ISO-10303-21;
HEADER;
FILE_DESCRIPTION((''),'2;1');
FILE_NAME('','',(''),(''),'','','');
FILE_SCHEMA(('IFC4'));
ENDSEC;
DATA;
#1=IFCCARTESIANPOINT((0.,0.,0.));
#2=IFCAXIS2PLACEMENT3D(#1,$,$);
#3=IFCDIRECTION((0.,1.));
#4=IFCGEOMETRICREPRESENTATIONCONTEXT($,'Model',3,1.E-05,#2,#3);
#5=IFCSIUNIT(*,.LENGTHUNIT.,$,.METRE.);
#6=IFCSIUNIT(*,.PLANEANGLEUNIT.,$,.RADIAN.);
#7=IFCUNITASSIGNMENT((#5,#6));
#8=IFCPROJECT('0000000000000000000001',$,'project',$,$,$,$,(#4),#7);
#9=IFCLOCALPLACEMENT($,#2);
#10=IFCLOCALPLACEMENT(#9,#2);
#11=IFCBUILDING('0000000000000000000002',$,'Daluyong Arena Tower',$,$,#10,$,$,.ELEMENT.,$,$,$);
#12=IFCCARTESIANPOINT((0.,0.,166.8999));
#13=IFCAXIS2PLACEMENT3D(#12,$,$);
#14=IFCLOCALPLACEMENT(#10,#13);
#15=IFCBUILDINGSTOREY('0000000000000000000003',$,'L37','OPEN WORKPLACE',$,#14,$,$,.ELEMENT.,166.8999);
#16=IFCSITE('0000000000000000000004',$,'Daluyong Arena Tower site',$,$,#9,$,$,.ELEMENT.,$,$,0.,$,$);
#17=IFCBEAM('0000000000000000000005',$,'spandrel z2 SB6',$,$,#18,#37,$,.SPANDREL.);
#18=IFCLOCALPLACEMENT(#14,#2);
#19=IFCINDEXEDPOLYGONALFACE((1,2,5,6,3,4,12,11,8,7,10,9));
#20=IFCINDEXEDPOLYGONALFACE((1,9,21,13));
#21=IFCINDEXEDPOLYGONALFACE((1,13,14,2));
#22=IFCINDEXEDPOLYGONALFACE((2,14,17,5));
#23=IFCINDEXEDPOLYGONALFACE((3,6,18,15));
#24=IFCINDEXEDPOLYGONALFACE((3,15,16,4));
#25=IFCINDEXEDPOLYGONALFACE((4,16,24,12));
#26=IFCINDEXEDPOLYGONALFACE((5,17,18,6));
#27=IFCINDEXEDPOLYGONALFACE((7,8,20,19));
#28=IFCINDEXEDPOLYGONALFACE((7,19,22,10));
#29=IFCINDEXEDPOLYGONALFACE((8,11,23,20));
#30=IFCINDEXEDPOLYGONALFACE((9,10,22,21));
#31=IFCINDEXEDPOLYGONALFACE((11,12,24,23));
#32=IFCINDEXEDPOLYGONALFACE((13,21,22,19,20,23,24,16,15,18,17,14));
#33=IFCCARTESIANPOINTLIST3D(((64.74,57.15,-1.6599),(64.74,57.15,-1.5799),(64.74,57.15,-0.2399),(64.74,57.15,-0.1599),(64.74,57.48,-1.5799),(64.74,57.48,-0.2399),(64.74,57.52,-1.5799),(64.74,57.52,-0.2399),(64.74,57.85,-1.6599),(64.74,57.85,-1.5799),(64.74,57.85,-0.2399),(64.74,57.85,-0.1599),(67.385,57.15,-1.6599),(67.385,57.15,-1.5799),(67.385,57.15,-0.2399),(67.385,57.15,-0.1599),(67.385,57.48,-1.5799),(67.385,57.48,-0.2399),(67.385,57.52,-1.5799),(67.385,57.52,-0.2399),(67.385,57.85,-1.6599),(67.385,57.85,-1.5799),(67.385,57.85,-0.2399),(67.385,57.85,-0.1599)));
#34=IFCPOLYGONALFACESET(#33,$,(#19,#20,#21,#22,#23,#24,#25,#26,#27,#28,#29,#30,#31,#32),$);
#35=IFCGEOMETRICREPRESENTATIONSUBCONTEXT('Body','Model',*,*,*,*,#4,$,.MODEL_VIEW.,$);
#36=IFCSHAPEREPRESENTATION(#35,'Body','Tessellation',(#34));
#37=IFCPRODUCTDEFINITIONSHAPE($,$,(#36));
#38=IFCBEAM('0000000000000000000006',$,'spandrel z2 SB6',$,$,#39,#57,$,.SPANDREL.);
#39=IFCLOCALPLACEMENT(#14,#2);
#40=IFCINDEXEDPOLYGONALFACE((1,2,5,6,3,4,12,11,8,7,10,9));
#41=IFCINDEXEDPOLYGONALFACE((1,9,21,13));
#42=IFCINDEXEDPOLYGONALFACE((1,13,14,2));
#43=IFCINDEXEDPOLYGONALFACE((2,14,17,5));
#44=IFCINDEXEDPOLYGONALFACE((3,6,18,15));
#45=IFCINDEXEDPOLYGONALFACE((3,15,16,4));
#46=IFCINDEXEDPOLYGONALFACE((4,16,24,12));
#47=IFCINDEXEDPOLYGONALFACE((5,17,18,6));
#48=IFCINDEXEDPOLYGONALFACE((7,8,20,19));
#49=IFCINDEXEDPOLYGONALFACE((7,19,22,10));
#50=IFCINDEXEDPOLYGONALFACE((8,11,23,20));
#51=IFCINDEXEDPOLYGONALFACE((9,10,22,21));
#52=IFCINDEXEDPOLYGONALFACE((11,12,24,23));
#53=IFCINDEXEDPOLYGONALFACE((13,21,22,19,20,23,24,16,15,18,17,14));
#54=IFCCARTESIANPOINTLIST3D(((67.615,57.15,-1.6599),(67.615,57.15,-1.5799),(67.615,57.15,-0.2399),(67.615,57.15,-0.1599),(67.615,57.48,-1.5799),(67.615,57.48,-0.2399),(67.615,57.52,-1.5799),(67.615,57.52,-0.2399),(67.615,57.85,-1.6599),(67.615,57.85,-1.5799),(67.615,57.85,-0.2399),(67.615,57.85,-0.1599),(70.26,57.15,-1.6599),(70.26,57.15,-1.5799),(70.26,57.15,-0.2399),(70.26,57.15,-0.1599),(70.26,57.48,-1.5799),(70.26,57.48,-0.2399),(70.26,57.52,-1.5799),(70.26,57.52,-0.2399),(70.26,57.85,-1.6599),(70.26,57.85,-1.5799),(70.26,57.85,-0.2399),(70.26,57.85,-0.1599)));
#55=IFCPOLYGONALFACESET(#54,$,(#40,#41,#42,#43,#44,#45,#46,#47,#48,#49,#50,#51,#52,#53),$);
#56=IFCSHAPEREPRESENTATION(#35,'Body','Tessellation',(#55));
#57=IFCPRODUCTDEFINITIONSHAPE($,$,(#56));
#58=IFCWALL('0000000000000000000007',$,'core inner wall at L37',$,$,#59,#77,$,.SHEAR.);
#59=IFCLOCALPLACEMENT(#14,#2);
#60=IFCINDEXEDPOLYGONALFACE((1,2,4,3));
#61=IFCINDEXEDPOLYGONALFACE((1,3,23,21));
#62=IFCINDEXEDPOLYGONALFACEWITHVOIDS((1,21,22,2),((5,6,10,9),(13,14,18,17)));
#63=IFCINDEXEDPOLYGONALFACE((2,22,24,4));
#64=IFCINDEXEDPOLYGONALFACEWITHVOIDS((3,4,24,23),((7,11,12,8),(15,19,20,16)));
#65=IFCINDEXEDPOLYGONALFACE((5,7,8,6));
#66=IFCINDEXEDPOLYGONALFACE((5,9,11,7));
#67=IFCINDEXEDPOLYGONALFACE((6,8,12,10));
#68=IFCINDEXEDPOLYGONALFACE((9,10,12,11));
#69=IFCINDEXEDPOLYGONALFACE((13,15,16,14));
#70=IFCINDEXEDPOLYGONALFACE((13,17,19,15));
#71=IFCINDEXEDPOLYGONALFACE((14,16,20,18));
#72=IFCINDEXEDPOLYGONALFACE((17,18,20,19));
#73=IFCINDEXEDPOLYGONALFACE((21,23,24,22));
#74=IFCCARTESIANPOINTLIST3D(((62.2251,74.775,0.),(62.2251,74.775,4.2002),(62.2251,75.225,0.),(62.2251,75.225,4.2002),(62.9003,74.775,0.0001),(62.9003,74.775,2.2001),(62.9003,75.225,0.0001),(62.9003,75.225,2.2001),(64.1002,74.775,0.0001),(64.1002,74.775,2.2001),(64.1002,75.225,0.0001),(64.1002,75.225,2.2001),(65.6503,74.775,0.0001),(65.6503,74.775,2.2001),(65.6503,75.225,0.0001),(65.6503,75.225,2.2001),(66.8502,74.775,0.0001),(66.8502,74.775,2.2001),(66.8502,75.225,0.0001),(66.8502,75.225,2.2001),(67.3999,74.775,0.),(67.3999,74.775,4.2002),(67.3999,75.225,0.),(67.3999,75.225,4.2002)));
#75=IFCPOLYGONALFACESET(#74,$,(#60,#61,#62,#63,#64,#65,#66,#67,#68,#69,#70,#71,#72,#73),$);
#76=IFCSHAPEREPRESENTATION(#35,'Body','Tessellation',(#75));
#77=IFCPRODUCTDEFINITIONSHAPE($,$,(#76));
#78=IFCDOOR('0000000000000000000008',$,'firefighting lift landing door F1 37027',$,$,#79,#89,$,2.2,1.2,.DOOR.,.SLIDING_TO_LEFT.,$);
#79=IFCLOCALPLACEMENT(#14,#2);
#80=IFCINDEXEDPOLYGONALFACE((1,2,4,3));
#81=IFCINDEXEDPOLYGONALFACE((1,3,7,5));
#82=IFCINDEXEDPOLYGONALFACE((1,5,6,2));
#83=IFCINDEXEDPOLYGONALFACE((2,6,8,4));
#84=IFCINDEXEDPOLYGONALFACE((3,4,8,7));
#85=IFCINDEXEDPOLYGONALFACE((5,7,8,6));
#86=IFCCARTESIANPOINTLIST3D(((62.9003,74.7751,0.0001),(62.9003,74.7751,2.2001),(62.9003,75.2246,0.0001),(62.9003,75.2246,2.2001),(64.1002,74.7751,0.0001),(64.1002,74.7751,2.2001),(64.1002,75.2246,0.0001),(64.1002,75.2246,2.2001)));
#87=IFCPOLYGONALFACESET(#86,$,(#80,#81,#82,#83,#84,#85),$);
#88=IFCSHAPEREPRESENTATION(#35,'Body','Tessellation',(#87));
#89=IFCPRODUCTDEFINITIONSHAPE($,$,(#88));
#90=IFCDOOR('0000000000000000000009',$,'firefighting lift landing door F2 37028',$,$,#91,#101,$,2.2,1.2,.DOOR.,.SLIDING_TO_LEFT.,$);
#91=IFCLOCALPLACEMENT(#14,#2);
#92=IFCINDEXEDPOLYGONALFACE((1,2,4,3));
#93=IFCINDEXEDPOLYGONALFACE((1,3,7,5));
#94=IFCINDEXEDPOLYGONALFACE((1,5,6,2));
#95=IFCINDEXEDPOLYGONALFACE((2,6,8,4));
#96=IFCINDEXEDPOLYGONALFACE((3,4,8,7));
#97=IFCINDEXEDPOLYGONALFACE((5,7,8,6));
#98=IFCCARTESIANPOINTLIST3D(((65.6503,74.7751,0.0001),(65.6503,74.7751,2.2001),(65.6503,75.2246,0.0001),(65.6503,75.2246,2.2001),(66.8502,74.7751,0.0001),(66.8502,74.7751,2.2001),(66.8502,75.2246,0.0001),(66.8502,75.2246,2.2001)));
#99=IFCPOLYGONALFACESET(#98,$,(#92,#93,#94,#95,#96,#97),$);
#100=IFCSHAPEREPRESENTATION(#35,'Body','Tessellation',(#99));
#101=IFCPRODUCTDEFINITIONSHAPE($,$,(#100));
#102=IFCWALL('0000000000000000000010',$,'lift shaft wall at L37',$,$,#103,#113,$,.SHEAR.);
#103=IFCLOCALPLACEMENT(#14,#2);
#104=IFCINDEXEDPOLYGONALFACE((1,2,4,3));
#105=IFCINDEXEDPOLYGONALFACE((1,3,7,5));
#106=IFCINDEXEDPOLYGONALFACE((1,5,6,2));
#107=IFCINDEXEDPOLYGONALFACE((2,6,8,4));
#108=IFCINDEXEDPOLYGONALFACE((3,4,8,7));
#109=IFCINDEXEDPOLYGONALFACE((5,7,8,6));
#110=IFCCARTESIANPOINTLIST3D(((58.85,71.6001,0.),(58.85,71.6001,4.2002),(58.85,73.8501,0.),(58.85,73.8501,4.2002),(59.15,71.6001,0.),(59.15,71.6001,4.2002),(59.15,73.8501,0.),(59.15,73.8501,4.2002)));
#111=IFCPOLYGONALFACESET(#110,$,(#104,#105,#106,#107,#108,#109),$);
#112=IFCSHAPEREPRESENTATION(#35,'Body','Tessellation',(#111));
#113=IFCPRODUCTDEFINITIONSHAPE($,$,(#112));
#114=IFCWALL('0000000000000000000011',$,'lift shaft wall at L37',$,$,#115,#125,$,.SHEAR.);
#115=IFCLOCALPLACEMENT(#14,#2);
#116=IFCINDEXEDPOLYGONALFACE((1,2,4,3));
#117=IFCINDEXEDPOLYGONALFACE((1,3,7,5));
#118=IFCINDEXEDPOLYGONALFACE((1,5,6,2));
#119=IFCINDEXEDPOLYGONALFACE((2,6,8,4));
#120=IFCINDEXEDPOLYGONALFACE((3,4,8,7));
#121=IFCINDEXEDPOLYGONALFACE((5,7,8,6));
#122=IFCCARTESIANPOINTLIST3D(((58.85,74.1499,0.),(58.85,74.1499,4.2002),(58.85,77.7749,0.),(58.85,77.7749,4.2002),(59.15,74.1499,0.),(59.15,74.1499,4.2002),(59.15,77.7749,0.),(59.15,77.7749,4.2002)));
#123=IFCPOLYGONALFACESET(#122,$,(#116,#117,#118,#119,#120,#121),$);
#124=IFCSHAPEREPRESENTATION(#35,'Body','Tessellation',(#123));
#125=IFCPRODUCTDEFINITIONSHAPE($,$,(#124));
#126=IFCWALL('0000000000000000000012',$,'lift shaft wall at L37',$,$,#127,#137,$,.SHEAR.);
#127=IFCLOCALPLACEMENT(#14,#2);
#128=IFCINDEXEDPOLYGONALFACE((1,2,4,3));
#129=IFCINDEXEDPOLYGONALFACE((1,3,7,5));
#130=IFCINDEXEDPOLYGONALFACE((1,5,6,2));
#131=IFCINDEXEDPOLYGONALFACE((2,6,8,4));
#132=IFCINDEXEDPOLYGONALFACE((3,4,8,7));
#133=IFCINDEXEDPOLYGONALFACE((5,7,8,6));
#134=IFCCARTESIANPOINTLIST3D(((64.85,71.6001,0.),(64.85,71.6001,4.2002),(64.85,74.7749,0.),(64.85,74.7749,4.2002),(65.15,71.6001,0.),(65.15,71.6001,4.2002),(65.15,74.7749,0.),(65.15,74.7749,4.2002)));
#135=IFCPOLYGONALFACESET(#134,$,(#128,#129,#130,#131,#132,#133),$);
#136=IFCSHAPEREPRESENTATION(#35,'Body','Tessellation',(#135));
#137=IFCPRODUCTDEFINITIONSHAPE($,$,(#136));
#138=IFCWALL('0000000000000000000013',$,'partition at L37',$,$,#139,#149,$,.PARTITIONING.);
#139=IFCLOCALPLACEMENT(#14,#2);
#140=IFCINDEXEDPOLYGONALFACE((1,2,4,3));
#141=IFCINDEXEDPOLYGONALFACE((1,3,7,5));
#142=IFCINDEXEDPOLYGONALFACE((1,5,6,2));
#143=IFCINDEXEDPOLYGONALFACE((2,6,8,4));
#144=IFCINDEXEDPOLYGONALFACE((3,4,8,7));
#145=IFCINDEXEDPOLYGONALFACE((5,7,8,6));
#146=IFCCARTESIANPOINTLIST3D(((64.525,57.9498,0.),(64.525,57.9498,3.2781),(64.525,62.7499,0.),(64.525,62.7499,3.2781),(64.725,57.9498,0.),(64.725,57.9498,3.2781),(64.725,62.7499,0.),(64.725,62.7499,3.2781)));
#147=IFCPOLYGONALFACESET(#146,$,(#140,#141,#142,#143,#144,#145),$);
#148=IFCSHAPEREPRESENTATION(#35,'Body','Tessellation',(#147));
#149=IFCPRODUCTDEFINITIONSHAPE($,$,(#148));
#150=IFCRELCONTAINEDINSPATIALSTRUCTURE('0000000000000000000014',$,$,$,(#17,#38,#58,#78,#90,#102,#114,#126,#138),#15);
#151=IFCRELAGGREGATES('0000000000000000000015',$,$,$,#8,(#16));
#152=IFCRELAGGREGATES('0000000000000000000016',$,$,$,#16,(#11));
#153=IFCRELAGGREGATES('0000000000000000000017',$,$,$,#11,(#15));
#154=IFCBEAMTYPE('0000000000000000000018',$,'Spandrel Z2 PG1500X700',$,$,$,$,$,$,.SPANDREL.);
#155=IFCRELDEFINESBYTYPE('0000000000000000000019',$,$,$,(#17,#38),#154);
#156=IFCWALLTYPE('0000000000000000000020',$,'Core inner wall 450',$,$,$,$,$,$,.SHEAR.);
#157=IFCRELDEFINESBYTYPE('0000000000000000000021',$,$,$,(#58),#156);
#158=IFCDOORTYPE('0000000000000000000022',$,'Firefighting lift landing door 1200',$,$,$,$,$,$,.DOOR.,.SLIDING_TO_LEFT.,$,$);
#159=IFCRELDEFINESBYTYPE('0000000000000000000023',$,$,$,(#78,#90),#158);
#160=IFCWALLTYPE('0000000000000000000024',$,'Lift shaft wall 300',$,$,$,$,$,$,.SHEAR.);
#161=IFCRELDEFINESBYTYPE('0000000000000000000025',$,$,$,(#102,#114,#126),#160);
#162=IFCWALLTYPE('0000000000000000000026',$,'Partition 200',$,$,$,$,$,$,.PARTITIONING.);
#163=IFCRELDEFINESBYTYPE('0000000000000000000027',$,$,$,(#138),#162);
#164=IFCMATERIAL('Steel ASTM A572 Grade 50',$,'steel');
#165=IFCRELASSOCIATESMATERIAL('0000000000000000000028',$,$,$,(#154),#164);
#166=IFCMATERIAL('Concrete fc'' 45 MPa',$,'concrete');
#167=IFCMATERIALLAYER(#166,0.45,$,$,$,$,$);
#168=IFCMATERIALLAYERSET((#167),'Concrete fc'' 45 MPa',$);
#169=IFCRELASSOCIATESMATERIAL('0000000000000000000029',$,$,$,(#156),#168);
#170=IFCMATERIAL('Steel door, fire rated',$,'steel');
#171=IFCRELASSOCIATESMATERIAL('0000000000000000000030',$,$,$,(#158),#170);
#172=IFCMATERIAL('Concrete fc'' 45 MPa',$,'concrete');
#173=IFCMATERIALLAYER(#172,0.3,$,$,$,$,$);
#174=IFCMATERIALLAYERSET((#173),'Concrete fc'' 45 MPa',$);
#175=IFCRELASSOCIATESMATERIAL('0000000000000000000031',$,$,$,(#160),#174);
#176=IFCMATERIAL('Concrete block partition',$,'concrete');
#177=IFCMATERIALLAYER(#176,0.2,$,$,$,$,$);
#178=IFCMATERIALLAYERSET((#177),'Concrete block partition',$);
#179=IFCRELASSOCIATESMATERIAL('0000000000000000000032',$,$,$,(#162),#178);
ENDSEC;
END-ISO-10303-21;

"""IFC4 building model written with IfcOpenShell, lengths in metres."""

from ifc_helpers import new_model, si_unit, direction, frame, frame_2d, origin, origin_2d, place, context, subcontext, project, spatial, rectangle, i_section, extrude, material, layer, layer_set, material_profile, profile_set, type_object, element, fill, save


model = new_model("IFC4")

# Units and contexts
model_context = context("Model", 3, precision=1e-05, world=origin(), true_north=direction((0.0, 1.0)))
body_context = subcontext(model_context, "Body", "Model", "MODEL_VIEW")
ifc_project = project(units=[si_unit("LENGTHUNIT", "METRE"), si_unit("PLANEANGLEUNIT", "RADIAN")], contexts=[model_context])

# Site, building, storey
site_placement = place(None, origin())
site = spatial("IfcSite", under=ifc_project, at=site_placement, Name="Daluyong Arena Tower site", CompositionType="ELEMENT", RefElevation=0.0)
building_placement = place(site_placement, origin())
building = spatial("IfcBuilding", under=site, at=building_placement, Name="Daluyong Arena Tower", CompositionType="ELEMENT")
storey_placement = place(building_placement, frame((0.0, 0.0, 166.8999)))
storey = spatial("IfcBuildingStorey", under=building, at=storey_placement, Name="L37", Description="OPEN WORKPLACE", CompositionType="ELEMENT", Elevation=166.8999)

# Beams
ifc_material_1 = material(Name="Steel ASTM A572 Grade 50", Category="steel")
ifc_material_profile_1 = material_profile(ifc_material_1, i_section(OverallWidth=0.7, OverallDepth=1.5, WebThickness=0.04, FlangeThickness=0.08, at=origin_2d()))
ifc_profile_set_1 = profile_set([ifc_material_profile_1], Name="Steel ASTM A572 Grade 50")
beam_type_1 = type_object("IfcBeamType", Name="Spandrel Z2 PG1500X700", PredefinedType="SPANDREL", material=ifc_profile_set_1)
for number, where, z_axis, x_axis, name in (
    (1, (64.74, 57.5, -0.9099), (1.0, 0.0, 0.0), (0.0, 1.0, 0.0), "spandrel z2 SB6"),
    (2, (67.615, 57.5, -0.9099), (1.0, 0.0, 0.0), (0.0, 1.0, 0.0), "spandrel z2 SB6"),
):
    element("IfcBeam", number, at=place(storey_placement, frame(where, z_axis=z_axis, x_axis=x_axis)), inside=storey, type_object=beam_type_1, Name=name, PredefinedType="SPANDREL", context=body_context, shape_type="SweptSolid", body=[
        extrude(i_section(OverallWidth=0.7, OverallDepth=1.5, WebThickness=0.04, FlangeThickness=0.08, at=origin_2d()), origin(), (0.0, 0.0, 1.0), 2.645),
    ])

# Shared definitions
ifc_material_2 = material(Name="Concrete fc' 45 MPa", Category="concrete")
ifc_layer_1 = layer(ifc_material_2, 0.45)
ifc_layer_set_1 = layer_set([ifc_layer_1], Name="Concrete fc' 45 MPa")
wall_type_1 = type_object("IfcWallType", Name="Core inner wall 450", PredefinedType="SHEAR", material=ifc_layer_set_1)

# Wall, openings, doors
wall_1_placement = place(storey_placement, frame((62.2251, 75.0, 0.0), z_axis=(0.0, 0.0, 1.0), x_axis=(1.0, 0.0, 0.0)))
wall_1 = element("IfcWall", 3, at=wall_1_placement, inside=storey, type_object=wall_type_1, Name="core inner wall at L37", PredefinedType="SHEAR", context=body_context, shape_type="SweptSolid", body=[
    extrude(rectangle(XDim=5.1748, YDim=0.45, at=frame_2d((2.5874, 0.0))), origin(), (0.0, 0.0, 1.0), 4.2002),
])
opening_1_placement = place(wall_1_placement, frame((0.675, 0.0, 0.0)))
opening_1 = element("IfcOpeningElement", 4, at=opening_1_placement, cuts=wall_1, PredefinedType="OPENING", context=body_context, shape_type="SweptSolid", body=[
    extrude(rectangle(XDim=1.2, YDim=2.2, at=frame_2d((0.6001, 1.1001))), frame((0.0, 0.2349, 0.0), z_axis=(0.0, -1.0, 0.0), x_axis=(1.0, 0.0, 0.0)), (0.0, 0.0, 1.0), 0.47),
])
opening_2_placement = place(wall_1_placement, frame((3.425, 0.0, 0.0)))
opening_2 = element("IfcOpeningElement", 5, at=opening_2_placement, cuts=wall_1, PredefinedType="OPENING", context=body_context, shape_type="SweptSolid", body=[
    extrude(rectangle(XDim=1.2, YDim=2.2, at=frame_2d((0.6001, 1.1001))), frame((0.0, 0.2349, 0.0), z_axis=(0.0, -1.0, 0.0), x_axis=(1.0, 0.0, 0.0)), (0.0, 0.0, 1.0), 0.47),
])
ifc_material_3 = material(Name="Steel door, fire rated", Category="steel")
door_type_1 = type_object("IfcDoorType", Name="Firefighting lift landing door 1200", OperationType="SLIDING_TO_LEFT", PredefinedType="DOOR", material=ifc_material_3)
door_1_placement = place(opening_1_placement, origin())
door_1 = element("IfcDoor", 6, at=door_1_placement, inside=storey, type_object=door_type_1, Name="firefighting lift landing door F1 37027", OperationType="SLIDING_TO_LEFT", OverallHeight=2.2, OverallWidth=1.2, PredefinedType="DOOR", context=body_context, shape_type="SweptSolid", body=[
    extrude(rectangle(XDim=1.2, YDim=2.2, at=frame_2d((0.6001, 1.1001))), frame((0.0, 0.2246, 0.0), z_axis=(0.0, -1.0, 0.0), x_axis=(1.0, 0.0, 0.0)), (0.0, 0.0, 1.0), 0.4495),
])
fill(opening_1, door_1)
door_2_placement = place(opening_2_placement, origin())
door_2 = element("IfcDoor", 7, at=door_2_placement, inside=storey, type_object=door_type_1, Name="firefighting lift landing door F2 37028", OperationType="SLIDING_TO_LEFT", OverallHeight=2.2, OverallWidth=1.2, PredefinedType="DOOR", context=body_context, shape_type="SweptSolid", body=[
    extrude(rectangle(XDim=1.2, YDim=2.2, at=frame_2d((0.6001, 1.1001))), frame((0.0, 0.2246, 0.0), z_axis=(0.0, -1.0, 0.0), x_axis=(1.0, 0.0, 0.0)), (0.0, 0.0, 1.0), 0.4495),
])
fill(opening_2, door_2)

# Walls
ifc_material_4 = material(Name="Concrete fc' 45 MPa", Category="concrete")
ifc_layer_2 = layer(ifc_material_4, 0.3)
ifc_layer_set_2 = layer_set([ifc_layer_2], Name="Concrete fc' 45 MPa")
wall_type_2 = type_object("IfcWallType", Name="Lift shaft wall 300", PredefinedType="SHEAR", material=ifc_layer_set_2)
wall_2_placement = place(storey_placement, frame((59.0, 71.6001, 0.0), z_axis=(0.0, 0.0, 1.0), x_axis=(0.0, 1.0, 0.0)))
element("IfcWall", 8, at=wall_2_placement, inside=storey, type_object=wall_type_2, Name="lift shaft wall at L37", PredefinedType="SHEAR", context=body_context, shape_type="SweptSolid", body=[
    extrude(rectangle(XDim=2.25, YDim=0.3, at=frame_2d((1.125, 0.0))), origin(), (0.0, 0.0, 1.0), 4.2002),
])
wall_3_placement = place(storey_placement, frame((59.0, 74.1499, 0.0), z_axis=(0.0, 0.0, 1.0), x_axis=(0.0, 1.0, 0.0)))
element("IfcWall", 9, at=wall_3_placement, inside=storey, type_object=wall_type_2, Name="lift shaft wall at L37", PredefinedType="SHEAR", context=body_context, shape_type="SweptSolid", body=[
    extrude(rectangle(XDim=3.625, YDim=0.3, at=frame_2d((1.8125, 0.0))), origin(), (0.0, 0.0, 1.0), 4.2002),
])
wall_4_placement = place(storey_placement, frame((65.0, 71.6001, 0.0), z_axis=(0.0, 0.0, 1.0), x_axis=(0.0, 1.0, 0.0)))
element("IfcWall", 10, at=wall_4_placement, inside=storey, type_object=wall_type_2, Name="lift shaft wall at L37", PredefinedType="SHEAR", context=body_context, shape_type="SweptSolid", body=[
    extrude(rectangle(XDim=3.1748, YDim=0.3, at=frame_2d((1.5874, 0.0))), origin(), (0.0, 0.0, 1.0), 4.2002),
])
ifc_material_5 = material(Name="Concrete block partition", Category="concrete")
ifc_layer_3 = layer(ifc_material_5, 0.2)
ifc_layer_set_3 = layer_set([ifc_layer_3], Name="Concrete block partition")
wall_type_3 = type_object("IfcWallType", Name="Partition 200", PredefinedType="PARTITIONING", material=ifc_layer_set_3)
wall_5_placement = place(storey_placement, frame((64.625, 57.95, 0.0), z_axis=(0.0, 0.0, 1.0), x_axis=(0.0, 1.0, 0.0)))
element("IfcWall", 11, at=wall_5_placement, inside=storey, type_object=wall_type_3, Name="partition at L37", PredefinedType="PARTITIONING", context=body_context, shape_type="SweptSolid", body=[
    extrude(rectangle(XDim=4.8, YDim=0.2, at=frame_2d((2.3999, 0.0))), origin(), (0.0, 0.0, 1.0), 3.2781),
])

save(model, "model.ifc")
